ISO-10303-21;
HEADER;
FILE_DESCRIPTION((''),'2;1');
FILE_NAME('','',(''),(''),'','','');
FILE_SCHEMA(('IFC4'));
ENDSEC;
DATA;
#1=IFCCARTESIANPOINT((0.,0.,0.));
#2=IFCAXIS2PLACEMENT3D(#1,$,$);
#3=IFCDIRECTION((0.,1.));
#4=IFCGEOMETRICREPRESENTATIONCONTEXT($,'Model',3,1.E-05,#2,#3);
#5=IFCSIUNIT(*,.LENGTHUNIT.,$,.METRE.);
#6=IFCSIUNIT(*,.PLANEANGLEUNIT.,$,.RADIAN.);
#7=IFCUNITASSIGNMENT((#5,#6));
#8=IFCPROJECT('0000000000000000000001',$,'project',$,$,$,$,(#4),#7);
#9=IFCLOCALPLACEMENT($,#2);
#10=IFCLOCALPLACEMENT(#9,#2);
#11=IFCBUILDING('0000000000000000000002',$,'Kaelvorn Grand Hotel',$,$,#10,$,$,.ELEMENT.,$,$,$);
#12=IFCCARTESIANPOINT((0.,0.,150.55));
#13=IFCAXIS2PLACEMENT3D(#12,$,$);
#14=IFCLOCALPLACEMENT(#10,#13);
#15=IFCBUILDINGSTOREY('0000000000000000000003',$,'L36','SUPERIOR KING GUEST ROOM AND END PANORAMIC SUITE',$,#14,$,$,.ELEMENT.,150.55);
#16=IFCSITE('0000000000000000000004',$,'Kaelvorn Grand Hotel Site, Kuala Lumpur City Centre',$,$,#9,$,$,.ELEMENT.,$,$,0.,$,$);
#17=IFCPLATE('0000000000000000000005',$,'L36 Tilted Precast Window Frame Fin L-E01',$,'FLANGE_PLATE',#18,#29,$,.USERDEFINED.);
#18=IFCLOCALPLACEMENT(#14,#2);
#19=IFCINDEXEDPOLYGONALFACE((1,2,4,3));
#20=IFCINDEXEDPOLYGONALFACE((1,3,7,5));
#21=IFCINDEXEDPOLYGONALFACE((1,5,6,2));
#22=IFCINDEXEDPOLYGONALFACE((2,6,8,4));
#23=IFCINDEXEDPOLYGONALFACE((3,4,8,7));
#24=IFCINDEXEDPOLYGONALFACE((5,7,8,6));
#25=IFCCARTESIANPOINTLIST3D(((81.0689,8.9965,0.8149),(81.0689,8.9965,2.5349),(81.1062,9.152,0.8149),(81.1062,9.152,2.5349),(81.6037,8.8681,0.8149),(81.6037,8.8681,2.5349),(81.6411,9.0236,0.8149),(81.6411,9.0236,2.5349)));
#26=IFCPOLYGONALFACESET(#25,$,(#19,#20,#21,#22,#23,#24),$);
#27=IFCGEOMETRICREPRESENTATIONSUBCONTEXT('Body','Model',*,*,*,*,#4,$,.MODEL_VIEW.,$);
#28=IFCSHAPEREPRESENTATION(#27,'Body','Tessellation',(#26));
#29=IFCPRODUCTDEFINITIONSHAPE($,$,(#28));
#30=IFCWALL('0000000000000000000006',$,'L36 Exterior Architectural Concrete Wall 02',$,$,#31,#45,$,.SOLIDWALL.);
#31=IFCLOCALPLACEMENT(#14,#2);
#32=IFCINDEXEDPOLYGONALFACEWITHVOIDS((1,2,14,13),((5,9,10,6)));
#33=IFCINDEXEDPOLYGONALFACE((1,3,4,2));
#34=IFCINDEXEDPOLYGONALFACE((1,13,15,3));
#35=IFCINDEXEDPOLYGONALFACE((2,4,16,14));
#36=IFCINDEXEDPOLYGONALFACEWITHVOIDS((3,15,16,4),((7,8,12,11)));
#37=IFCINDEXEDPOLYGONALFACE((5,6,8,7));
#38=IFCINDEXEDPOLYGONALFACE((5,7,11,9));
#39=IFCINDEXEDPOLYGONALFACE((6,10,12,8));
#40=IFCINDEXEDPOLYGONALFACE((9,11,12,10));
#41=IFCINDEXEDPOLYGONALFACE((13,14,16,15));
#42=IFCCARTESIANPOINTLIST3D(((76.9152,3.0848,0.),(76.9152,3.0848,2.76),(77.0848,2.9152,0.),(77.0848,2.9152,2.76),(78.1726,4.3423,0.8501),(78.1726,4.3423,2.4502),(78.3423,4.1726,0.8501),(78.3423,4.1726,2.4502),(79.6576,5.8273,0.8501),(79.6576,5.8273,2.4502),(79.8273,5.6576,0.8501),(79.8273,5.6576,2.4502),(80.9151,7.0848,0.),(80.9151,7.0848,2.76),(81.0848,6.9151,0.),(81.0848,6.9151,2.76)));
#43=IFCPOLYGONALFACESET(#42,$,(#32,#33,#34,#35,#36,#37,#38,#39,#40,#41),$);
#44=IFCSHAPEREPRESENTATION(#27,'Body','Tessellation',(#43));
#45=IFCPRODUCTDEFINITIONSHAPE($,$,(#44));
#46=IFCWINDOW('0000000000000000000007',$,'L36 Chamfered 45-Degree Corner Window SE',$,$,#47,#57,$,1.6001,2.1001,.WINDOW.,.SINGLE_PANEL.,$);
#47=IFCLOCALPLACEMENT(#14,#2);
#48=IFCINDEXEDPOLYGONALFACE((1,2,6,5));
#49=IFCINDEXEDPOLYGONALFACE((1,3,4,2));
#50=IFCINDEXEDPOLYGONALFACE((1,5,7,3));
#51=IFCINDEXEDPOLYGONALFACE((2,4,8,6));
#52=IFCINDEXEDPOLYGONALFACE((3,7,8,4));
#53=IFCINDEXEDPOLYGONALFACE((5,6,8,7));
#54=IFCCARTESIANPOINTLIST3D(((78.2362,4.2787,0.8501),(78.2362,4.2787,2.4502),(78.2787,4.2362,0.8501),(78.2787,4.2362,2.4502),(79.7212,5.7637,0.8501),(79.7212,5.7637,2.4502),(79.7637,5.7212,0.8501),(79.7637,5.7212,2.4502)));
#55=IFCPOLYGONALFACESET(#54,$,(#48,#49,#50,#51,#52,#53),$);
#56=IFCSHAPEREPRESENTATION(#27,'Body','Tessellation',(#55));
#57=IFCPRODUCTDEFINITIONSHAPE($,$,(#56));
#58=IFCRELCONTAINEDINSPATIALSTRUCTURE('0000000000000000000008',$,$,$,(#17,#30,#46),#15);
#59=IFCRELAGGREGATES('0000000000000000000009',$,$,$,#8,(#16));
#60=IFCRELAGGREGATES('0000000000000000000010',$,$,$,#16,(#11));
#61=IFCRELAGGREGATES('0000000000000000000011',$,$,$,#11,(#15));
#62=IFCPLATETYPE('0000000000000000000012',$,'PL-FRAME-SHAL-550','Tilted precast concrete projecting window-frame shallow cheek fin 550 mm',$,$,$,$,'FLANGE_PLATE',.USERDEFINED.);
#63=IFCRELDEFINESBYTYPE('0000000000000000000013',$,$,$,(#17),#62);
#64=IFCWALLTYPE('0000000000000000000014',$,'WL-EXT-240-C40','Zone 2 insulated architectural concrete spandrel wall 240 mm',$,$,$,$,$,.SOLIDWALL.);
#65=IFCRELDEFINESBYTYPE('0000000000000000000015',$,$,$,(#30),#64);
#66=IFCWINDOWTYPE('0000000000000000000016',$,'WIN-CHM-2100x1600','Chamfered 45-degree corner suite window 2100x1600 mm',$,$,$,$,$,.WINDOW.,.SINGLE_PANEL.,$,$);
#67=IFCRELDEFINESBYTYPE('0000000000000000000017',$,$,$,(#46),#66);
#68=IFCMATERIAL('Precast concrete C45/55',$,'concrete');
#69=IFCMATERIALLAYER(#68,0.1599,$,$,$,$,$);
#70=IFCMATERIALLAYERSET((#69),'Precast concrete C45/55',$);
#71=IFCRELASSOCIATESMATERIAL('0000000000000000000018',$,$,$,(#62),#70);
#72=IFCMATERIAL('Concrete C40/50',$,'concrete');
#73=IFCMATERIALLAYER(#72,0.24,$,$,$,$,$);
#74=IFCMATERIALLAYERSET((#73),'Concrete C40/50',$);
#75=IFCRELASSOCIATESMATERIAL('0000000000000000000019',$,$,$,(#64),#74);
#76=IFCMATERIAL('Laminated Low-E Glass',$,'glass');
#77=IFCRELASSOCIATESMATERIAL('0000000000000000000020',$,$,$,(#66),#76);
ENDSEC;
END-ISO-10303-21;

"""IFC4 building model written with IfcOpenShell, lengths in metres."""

from ifc_helpers import new_model, si_unit, direction, frame, frame_2d, origin, origin_2d, place, context, subcontext, project, spatial, rectangle, extrude, material, layer, layer_set, type_object, element, fill, save


model = new_model("IFC4")

# Units and contexts
model_context = context("Model", 3, precision=1e-05, world=origin(), true_north=direction((0.0, 1.0)))
body_context = subcontext(model_context, "Body", "Model", "MODEL_VIEW")
ifc_project = project(units=[si_unit("LENGTHUNIT", "METRE"), si_unit("PLANEANGLEUNIT", "RADIAN")], contexts=[model_context])

# Site, building, storey
site_placement = place(None, origin())
site = spatial("IfcSite", under=ifc_project, at=site_placement, Name="Kaelvorn Grand Hotel Site, Kuala Lumpur City Centre", CompositionType="ELEMENT", RefElevation=0.0)
building_placement = place(site_placement, origin())
building = spatial("IfcBuilding", under=site, at=building_placement, Name="Kaelvorn Grand Hotel", CompositionType="ELEMENT")
storey_placement = place(building_placement, frame((0.0, 0.0, 150.55)))
storey = spatial("IfcBuildingStorey", under=building, at=storey_placement, Name="L36", Description="SUPERIOR KING GUEST ROOM AND END PANORAMIC SUITE", CompositionType="ELEMENT", Elevation=150.55)

# Plate
ifc_material_1 = material(Name="Precast concrete C45/55", Category="concrete")
ifc_layer_1 = layer(ifc_material_1, 0.1599)
ifc_layer_set_1 = layer_set([ifc_layer_1], Name="Precast concrete C45/55")
plate_type_1 = type_object("IfcPlateType", Name="PL-FRAME-SHAL-550", Description="Tilted precast concrete projecting window-frame shallow cheek fin 550 mm", ElementType="FLANGE_PLATE", PredefinedType="USERDEFINED", material=ifc_layer_set_1)
plate_1_placement = place(storey_placement, frame((81.355, 9.01, 0.8149), z_axis=(0.0, 0.0, 1.0), x_axis=(0.233445, 0.97237, 0.0)))
element("IfcPlate", 1, at=plate_1_placement, inside=storey, type_object=plate_type_1, Name="L36 Tilted Precast Window Frame Fin L-E01", ObjectType="FLANGE_PLATE", PredefinedType="USERDEFINED", context=body_context, shape_type="SweptSolid", body=[
    extrude(rectangle(XDim=0.1599, YDim=0.55, at=origin_2d()), origin(), (0.0, 0.0, 1.0), 1.72),
])

# Wall, opening, window
ifc_material_2 = material(Name="Concrete C40/50", Category="concrete")
ifc_layer_2 = layer(ifc_material_2, 0.24)
ifc_layer_set_2 = layer_set([ifc_layer_2], Name="Concrete C40/50")
wall_type_1 = type_object("IfcWallType", Name="WL-EXT-240-C40", Description="Zone 2 insulated architectural concrete spandrel wall 240 mm", PredefinedType="SOLIDWALL", material=ifc_layer_set_2)
wall_1_placement = place(storey_placement, frame((77.0, 3.0, 0.0), z_axis=(0.0, 0.0, 1.0), x_axis=(0.707107, 0.707107, 0.0)))
wall_1 = element("IfcWall", 2, at=wall_1_placement, inside=storey, type_object=wall_type_1, Name="L36 Exterior Architectural Concrete Wall 02", PredefinedType="SOLIDWALL", context=body_context, shape_type="SweptSolid", body=[
    extrude(rectangle(XDim=5.6567, YDim=0.24, at=frame_2d((2.8284, 0.0))), origin(), (0.0, 0.0, 1.0), 2.76),
])
opening_1_placement = place(wall_1_placement, frame((1.7783, 0.0, 0.8501)))
opening_1 = element("IfcOpeningElement", 3, at=opening_1_placement, cuts=wall_1, PredefinedType="OPENING", context=body_context, shape_type="SweptSolid", body=[
    extrude(rectangle(XDim=2.1001, YDim=1.6001, at=frame_2d((1.05, 0.8))), frame((0.0, 0.1299, 0.0), z_axis=(0.0, -1.0, 0.0), x_axis=(1.0, 0.0, 0.0)), (0.0, 0.0, 1.0), 0.26),
])
ifc_material_3 = material(Name="Laminated Low-E Glass", Category="glass")
window_type_1 = type_object("IfcWindowType", Name="WIN-CHM-2100x1600", Description="Chamfered 45-degree corner suite window 2100x1600 mm", PartitioningType="SINGLE_PANEL", PredefinedType="WINDOW", material=ifc_material_3)
window_1_placement = place(opening_1_placement, origin())
window_1 = element("IfcWindow", 4, at=window_1_placement, inside=storey, type_object=window_type_1, Name="L36 Chamfered 45-Degree Corner Window SE", OverallHeight=1.6001, OverallWidth=2.1001, PartitioningType="SINGLE_PANEL", PredefinedType="WINDOW", context=body_context, shape_type="SweptSolid", body=[
    extrude(rectangle(XDim=2.1001, YDim=1.6001, at=frame_2d((1.05, 0.8))), frame((0.0, 0.03, 0.0), z_axis=(0.0, -1.0, 0.0), x_axis=(1.0, 0.0, 0.0)), (0.0, 0.0, 1.0), 0.0601),
])
fill(opening_1, window_1)

save(model, "model.ifc")
